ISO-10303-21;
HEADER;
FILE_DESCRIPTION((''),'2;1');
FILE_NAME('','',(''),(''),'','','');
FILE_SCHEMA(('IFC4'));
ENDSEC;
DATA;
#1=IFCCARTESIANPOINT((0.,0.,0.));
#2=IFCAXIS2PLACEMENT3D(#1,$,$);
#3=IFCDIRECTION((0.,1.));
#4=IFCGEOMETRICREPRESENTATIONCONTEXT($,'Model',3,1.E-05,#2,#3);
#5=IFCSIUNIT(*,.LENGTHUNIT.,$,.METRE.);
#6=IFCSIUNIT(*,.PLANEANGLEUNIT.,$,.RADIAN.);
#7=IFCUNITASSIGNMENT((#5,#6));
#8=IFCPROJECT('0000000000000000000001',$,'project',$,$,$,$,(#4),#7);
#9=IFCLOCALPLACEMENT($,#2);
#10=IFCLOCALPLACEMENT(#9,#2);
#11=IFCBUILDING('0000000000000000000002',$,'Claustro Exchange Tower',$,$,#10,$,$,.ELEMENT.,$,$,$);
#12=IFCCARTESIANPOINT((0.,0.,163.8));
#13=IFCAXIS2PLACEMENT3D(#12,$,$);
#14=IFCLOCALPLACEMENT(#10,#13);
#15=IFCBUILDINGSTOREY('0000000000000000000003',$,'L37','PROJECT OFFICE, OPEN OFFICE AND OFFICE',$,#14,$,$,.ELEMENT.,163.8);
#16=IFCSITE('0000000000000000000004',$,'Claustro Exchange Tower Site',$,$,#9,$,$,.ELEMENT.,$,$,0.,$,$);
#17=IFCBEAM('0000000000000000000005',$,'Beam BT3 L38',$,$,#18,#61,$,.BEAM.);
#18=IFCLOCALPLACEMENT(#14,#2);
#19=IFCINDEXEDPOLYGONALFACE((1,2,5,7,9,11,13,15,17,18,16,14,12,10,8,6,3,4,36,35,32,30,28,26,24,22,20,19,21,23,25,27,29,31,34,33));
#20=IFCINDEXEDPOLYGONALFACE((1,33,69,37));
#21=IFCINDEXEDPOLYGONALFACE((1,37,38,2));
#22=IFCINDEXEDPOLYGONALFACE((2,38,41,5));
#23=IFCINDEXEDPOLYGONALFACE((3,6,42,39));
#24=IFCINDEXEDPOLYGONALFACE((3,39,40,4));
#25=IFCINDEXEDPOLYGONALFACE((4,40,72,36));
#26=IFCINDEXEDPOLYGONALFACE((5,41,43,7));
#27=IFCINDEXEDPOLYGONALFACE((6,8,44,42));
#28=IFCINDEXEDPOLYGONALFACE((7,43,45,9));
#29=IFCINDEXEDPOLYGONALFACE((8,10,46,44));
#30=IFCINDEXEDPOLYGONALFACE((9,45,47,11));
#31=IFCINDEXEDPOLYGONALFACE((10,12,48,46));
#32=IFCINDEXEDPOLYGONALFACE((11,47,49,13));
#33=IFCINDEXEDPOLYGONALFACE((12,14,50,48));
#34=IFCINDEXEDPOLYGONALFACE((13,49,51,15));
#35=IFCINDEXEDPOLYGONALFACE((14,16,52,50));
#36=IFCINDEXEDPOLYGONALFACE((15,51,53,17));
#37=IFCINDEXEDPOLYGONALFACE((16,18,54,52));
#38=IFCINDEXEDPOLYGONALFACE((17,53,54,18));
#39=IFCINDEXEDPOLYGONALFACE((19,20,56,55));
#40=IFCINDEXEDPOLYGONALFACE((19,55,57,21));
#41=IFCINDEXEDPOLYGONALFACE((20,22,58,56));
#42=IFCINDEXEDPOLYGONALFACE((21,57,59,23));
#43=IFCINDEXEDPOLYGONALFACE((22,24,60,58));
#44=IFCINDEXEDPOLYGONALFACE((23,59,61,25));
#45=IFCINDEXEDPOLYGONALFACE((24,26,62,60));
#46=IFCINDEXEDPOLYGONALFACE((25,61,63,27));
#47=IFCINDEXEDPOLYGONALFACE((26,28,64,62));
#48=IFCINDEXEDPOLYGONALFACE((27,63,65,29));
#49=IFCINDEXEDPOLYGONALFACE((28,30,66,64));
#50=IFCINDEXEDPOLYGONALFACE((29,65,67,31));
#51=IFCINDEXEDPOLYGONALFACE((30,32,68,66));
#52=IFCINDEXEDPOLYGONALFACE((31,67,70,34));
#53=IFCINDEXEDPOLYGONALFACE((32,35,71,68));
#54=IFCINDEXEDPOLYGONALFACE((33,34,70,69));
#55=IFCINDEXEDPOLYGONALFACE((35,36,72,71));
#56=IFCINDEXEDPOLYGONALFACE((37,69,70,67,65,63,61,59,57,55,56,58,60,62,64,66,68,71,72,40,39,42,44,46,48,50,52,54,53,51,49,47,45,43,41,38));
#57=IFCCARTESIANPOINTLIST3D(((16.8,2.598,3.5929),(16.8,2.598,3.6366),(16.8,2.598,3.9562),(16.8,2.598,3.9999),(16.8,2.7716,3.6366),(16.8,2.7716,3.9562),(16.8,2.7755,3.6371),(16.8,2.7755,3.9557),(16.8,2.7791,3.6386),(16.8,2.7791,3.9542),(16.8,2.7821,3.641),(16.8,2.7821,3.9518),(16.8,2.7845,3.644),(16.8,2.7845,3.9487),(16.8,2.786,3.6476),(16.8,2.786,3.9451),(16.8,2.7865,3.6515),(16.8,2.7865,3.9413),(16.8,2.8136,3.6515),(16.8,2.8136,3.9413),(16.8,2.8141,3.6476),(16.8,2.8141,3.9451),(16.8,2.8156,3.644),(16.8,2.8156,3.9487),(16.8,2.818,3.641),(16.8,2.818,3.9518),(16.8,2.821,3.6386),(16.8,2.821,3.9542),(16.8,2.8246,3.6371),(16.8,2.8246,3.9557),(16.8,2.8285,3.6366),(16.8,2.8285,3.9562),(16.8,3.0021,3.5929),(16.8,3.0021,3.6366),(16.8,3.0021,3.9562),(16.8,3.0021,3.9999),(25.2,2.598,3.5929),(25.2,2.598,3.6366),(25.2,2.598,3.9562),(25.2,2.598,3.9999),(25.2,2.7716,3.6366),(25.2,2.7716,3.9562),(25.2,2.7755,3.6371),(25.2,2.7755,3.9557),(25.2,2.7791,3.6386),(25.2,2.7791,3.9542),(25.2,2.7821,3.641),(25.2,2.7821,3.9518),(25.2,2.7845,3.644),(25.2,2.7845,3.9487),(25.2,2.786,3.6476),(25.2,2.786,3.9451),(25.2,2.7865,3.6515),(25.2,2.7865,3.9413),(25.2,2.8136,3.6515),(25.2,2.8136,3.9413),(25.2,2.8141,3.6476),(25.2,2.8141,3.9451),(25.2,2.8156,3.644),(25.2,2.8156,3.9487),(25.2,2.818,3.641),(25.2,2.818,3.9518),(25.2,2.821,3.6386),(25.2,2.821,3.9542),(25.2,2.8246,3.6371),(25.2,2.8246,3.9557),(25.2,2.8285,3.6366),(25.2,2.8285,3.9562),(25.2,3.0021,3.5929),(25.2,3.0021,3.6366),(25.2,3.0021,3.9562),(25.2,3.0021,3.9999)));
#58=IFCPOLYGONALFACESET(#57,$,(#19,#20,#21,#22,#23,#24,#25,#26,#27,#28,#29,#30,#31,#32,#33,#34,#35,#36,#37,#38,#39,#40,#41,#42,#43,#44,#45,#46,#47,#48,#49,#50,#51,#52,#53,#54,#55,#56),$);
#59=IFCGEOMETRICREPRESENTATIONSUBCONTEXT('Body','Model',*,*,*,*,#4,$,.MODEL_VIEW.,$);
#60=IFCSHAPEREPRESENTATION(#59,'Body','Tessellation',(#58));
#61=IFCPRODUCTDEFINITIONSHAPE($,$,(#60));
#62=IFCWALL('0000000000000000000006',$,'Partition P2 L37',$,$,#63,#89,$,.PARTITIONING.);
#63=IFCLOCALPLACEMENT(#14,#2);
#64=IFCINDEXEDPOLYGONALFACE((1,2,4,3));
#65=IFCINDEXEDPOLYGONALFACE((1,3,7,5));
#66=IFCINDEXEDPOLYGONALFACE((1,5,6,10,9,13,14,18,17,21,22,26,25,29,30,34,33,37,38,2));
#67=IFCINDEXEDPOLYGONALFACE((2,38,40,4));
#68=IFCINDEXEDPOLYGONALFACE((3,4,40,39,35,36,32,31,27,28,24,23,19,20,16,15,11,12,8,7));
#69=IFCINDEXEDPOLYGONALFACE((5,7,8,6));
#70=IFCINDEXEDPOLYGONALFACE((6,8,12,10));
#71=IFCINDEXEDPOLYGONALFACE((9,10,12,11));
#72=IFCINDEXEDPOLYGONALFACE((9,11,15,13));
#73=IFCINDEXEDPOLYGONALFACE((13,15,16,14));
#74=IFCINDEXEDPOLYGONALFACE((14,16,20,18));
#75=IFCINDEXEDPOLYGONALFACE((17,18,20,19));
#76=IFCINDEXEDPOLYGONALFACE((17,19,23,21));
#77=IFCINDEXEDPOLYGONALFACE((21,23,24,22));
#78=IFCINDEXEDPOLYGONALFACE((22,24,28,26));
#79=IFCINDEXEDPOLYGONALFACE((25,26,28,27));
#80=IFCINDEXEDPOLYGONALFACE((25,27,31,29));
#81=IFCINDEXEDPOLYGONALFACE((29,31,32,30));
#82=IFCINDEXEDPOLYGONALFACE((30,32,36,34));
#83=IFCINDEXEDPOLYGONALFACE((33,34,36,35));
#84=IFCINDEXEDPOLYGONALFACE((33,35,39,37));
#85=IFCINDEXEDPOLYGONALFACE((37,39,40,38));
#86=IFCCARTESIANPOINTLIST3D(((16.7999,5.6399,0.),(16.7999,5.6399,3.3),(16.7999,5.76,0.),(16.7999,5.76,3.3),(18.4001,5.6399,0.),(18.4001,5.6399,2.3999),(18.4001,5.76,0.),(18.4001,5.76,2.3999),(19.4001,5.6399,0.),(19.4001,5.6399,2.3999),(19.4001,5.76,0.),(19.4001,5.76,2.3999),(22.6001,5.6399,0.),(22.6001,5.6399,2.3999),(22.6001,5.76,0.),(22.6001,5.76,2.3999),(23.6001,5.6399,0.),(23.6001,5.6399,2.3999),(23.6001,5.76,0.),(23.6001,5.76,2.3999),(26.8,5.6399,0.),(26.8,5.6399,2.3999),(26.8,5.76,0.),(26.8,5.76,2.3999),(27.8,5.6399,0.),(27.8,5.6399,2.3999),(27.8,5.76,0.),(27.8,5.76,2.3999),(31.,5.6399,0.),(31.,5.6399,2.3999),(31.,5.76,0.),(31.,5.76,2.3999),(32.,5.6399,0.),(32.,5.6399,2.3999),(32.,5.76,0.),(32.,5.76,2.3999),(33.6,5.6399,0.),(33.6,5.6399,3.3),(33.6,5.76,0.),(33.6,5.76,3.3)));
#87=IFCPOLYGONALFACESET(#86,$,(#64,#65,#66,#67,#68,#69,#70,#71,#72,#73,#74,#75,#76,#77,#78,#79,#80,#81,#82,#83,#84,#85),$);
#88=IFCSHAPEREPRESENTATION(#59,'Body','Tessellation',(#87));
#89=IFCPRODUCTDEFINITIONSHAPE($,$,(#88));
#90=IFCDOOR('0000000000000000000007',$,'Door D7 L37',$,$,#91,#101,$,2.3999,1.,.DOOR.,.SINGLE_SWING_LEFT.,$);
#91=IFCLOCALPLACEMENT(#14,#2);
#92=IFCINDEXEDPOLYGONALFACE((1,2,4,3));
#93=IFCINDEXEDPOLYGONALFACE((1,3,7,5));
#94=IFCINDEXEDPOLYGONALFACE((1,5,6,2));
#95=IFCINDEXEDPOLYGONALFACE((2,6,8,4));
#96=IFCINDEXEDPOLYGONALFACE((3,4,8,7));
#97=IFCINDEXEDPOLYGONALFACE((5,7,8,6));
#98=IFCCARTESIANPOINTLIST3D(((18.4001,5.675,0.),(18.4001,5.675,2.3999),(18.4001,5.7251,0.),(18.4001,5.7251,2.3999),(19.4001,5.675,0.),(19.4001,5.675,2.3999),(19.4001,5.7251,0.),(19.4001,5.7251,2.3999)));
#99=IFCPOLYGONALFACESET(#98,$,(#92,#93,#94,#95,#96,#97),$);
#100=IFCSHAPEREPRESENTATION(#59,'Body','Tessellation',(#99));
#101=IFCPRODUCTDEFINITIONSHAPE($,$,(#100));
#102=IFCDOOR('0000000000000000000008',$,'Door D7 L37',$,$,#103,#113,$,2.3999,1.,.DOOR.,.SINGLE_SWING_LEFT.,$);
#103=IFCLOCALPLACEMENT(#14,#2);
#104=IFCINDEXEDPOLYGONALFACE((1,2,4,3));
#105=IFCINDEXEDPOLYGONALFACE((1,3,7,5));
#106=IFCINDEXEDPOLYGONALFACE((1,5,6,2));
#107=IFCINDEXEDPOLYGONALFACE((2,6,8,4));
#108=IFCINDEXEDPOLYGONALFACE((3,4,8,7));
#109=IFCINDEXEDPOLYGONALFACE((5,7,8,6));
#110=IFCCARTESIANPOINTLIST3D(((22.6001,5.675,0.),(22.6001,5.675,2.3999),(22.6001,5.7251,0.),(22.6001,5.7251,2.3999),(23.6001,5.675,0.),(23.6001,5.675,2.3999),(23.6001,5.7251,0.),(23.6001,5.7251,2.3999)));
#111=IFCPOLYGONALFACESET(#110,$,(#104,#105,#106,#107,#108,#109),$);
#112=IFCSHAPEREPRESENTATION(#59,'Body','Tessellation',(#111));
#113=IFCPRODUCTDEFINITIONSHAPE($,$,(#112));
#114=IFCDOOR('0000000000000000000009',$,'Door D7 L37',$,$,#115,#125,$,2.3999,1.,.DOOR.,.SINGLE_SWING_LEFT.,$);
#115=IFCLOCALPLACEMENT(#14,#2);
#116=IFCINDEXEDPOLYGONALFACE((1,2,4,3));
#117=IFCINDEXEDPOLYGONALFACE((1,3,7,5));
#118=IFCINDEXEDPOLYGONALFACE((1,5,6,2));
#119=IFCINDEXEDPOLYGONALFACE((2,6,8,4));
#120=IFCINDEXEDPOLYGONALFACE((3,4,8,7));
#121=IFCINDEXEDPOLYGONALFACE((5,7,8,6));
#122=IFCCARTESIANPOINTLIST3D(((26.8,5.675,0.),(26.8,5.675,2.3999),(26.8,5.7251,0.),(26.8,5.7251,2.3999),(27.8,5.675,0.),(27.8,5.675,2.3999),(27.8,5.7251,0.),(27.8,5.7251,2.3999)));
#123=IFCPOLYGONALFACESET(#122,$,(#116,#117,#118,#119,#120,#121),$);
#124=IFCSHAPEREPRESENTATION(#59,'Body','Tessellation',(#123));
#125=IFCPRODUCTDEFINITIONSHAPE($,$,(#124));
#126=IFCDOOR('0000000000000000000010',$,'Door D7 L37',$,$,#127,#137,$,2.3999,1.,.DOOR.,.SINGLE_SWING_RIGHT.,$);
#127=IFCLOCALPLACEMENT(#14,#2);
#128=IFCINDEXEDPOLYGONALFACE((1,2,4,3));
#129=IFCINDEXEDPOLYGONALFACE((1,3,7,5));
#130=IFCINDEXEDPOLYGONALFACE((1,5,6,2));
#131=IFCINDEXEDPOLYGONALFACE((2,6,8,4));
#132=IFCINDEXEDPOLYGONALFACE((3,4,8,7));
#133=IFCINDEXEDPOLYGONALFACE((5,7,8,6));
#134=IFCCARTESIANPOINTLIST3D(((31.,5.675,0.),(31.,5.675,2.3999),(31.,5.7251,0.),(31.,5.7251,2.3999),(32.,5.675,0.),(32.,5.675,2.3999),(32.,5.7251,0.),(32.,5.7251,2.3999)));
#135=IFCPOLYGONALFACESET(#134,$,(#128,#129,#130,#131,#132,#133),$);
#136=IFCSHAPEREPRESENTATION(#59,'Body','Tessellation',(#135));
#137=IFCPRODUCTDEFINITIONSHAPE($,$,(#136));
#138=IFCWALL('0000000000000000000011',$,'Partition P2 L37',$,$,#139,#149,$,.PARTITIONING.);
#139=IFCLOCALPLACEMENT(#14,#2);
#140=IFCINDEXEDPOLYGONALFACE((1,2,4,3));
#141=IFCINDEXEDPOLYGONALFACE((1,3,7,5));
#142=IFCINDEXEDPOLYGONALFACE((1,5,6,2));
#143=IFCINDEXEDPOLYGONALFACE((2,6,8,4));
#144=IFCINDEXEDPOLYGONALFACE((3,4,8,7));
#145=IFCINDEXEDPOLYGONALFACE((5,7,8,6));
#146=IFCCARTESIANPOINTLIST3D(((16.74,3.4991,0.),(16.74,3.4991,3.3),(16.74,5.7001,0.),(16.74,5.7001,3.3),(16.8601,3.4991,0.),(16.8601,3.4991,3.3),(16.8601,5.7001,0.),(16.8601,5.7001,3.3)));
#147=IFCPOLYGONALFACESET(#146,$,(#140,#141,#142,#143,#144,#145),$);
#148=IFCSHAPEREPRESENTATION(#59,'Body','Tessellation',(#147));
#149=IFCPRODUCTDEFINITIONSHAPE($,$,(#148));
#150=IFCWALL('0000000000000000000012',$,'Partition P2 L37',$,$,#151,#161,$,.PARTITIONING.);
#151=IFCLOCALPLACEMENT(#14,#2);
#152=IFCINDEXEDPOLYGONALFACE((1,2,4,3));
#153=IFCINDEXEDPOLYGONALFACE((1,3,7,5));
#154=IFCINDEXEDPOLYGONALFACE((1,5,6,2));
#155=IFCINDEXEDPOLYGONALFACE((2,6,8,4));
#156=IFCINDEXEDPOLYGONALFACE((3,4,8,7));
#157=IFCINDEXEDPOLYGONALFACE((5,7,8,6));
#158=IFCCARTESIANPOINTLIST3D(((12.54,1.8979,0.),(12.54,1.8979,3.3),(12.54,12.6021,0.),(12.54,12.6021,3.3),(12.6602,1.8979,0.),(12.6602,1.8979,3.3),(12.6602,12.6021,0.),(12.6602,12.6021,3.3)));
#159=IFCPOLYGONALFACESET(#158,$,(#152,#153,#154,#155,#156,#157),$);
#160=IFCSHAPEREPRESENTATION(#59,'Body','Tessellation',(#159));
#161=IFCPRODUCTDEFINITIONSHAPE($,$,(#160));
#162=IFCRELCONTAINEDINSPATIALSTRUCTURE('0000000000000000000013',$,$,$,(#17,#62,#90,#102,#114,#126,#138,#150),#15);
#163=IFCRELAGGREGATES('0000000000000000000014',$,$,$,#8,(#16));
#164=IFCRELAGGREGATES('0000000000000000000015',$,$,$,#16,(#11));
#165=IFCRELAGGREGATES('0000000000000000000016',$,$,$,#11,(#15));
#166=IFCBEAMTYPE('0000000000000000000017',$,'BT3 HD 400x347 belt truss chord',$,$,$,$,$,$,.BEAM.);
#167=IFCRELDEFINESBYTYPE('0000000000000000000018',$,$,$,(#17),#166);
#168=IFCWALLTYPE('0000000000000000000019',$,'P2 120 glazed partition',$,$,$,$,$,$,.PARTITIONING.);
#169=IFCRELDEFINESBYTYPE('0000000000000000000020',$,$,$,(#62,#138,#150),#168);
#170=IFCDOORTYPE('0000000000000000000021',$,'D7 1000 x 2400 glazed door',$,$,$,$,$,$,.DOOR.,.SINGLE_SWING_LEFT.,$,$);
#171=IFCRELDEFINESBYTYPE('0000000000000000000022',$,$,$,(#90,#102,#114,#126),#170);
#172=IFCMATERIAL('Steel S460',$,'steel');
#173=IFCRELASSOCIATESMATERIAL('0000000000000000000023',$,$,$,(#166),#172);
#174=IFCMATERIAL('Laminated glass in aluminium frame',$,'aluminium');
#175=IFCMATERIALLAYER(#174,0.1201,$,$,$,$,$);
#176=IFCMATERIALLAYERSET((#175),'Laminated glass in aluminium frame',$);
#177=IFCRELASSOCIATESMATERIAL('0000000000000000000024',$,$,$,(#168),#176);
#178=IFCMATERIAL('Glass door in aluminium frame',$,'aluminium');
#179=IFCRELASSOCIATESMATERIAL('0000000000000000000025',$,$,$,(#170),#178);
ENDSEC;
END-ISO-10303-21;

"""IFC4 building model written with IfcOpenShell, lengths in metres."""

from ifc_helpers import new_model, si_unit, direction, frame, frame_2d, origin, origin_2d, place, context, subcontext, project, spatial, rectangle, i_section, extrude, material, layer, layer_set, material_profile, profile_set, type_object, element, fill, save


model = new_model("IFC4")

# Units and contexts
model_context = context("Model", 3, precision=1e-05, world=origin(), true_north=direction((0.0, 1.0)))
body_context = subcontext(model_context, "Body", "Model", "MODEL_VIEW")
ifc_project = project(units=[si_unit("LENGTHUNIT", "METRE"), si_unit("PLANEANGLEUNIT", "RADIAN")], contexts=[model_context])

# Site, building, storey
site_placement = place(None, origin())
site = spatial("IfcSite", under=ifc_project, at=site_placement, Name="Claustro Exchange Tower Site", CompositionType="ELEMENT", RefElevation=0.0)
building_placement = place(site_placement, origin())
building = spatial("IfcBuilding", under=site, at=building_placement, Name="Claustro Exchange Tower", CompositionType="ELEMENT")
storey_placement = place(building_placement, frame((0.0, 0.0, 163.8)))
storey = spatial("IfcBuildingStorey", under=building, at=storey_placement, Name="L37", Description="PROJECT OFFICE, OPEN OFFICE AND OFFICE", CompositionType="ELEMENT", Elevation=163.8)

# Beam
ifc_material_1 = material(Name="Steel S460", Category="steel")
ifc_material_profile_1 = material_profile(ifc_material_1, i_section(OverallWidth=0.4041, OverallDepth=0.407, WebThickness=0.0271, FlangeThickness=0.0437, FilletRadius=0.0149, at=origin_2d()), Name="HD 400x347")
ifc_profile_set_1 = profile_set([ifc_material_profile_1], Name="Steel S460")
beam_type_1 = type_object("IfcBeamType", Name="BT3 HD 400x347 belt truss chord", PredefinedType="BEAM", material=ifc_profile_set_1)
beam_1_placement = place(storey_placement, frame((16.8, 2.8, 3.7964), z_axis=(1.0, 0.0, 0.0), x_axis=(0.0, 1.0, 0.0)))
element("IfcBeam", 1, at=beam_1_placement, inside=storey, type_object=beam_type_1, Name="Beam BT3 L38", PredefinedType="BEAM", context=body_context, shape_type="SweptSolid", body=[
    extrude(i_section(OverallWidth=0.4041, OverallDepth=0.407, WebThickness=0.0271, FlangeThickness=0.0437, FilletRadius=0.0149, at=origin_2d()), origin(), (0.0, 0.0, 1.0), 8.3999),
])

# Wall, openings, doors
ifc_material_2 = material(Name="Laminated glass in aluminium frame", Category="aluminium")
ifc_layer_1 = layer(ifc_material_2, 0.1201)
ifc_layer_set_1 = layer_set([ifc_layer_1], Name="Laminated glass in aluminium frame")
wall_type_1 = type_object("IfcWallType", Name="P2 120 glazed partition", PredefinedType="PARTITIONING", material=ifc_layer_set_1)
wall_1_placement = place(storey_placement, frame((16.8, 5.7, 0.0), z_axis=(0.0, 0.0, 1.0), x_axis=(1.0, 0.0, 0.0)))
wall_1 = element("IfcWall", 2, at=wall_1_placement, inside=storey, type_object=wall_type_1, Name="Partition P2 L37", PredefinedType="PARTITIONING", context=body_context, shape_type="SweptSolid", body=[
    extrude(rectangle(XDim=16.8, YDim=0.1201, at=frame_2d((8.3999, 0.0))), origin(), (0.0, 0.0, 1.0), 3.3),
])
opening_1_placement = place(wall_1_placement, frame((1.6001, 0.0, 0.0)))
opening_1 = element("IfcOpeningElement", 3, at=opening_1_placement, cuts=wall_1, PredefinedType="OPENING", context=body_context, shape_type="SweptSolid", body=[
    extrude(rectangle(XDim=1.0, YDim=2.3999, at=frame_2d((0.5, 1.2))), frame((0.0, 0.0701, 0.0), z_axis=(0.0, -1.0, 0.0), x_axis=(1.0, 0.0, 0.0)), (0.0, 0.0, 1.0), 0.1401),
])
opening_2_placement = place(wall_1_placement, frame((5.8, 0.0, 0.0)))
opening_2 = element("IfcOpeningElement", 4, at=opening_2_placement, cuts=wall_1, PredefinedType="OPENING", context=body_context, shape_type="SweptSolid", body=[
    extrude(rectangle(XDim=1.0, YDim=2.3999, at=frame_2d((0.5, 1.2))), frame((0.0, 0.0701, 0.0), z_axis=(0.0, -1.0, 0.0), x_axis=(1.0, 0.0, 0.0)), (0.0, 0.0, 1.0), 0.1401),
])
opening_3_placement = place(wall_1_placement, frame((10.0, 0.0, 0.0)))
opening_3 = element("IfcOpeningElement", 5, at=opening_3_placement, cuts=wall_1, PredefinedType="OPENING", context=body_context, shape_type="SweptSolid", body=[
    extrude(rectangle(XDim=1.0, YDim=2.3999, at=frame_2d((0.5, 1.2))), frame((0.0, 0.0701, 0.0), z_axis=(0.0, -1.0, 0.0), x_axis=(1.0, 0.0, 0.0)), (0.0, 0.0, 1.0), 0.1401),
])
opening_4_placement = place(wall_1_placement, frame((14.2, 0.0, 0.0)))
opening_4 = element("IfcOpeningElement", 6, at=opening_4_placement, cuts=wall_1, PredefinedType="OPENING", context=body_context, shape_type="SweptSolid", body=[
    extrude(rectangle(XDim=1.0, YDim=2.3999, at=frame_2d((0.5, 1.2))), frame((0.0, 0.0701, 0.0), z_axis=(0.0, -1.0, 0.0), x_axis=(1.0, 0.0, 0.0)), (0.0, 0.0, 1.0), 0.1401),
])
ifc_material_3 = material(Name="Glass door in aluminium frame", Category="aluminium")
door_type = type_object("IfcDoorType", Name="D7 1000 x 2400 glazed door", OperationType="SINGLE_SWING_LEFT", PredefinedType="DOOR", material=ifc_material_3)
door_1_placement = place(opening_1_placement, frame((1.0, 0.0, 0.0), z_axis=(0.0, 0.0, 1.0), x_axis=(-1.0, 0.0, 0.0)))
door_1 = element("IfcDoor", 7, at=door_1_placement, inside=storey, type_object=door_type, Name="Door D7 L37", OperationType="SINGLE_SWING_LEFT", OverallHeight=2.3999, OverallWidth=1.0, PredefinedType="DOOR", context=body_context, shape_type="SweptSolid", body=[
    extrude(rectangle(XDim=1.0, YDim=2.3999, at=frame_2d((0.5, 1.2))), frame((0.0, 0.0249, 0.0), z_axis=(0.0, -1.0, 0.0), x_axis=(1.0, 0.0, 0.0)), (0.0, 0.0, 1.0), 0.05),
])
fill(opening_1, door_1)
door_2_placement = place(opening_2_placement, frame((1.0, 0.0, 0.0), z_axis=(0.0, 0.0, 1.0), x_axis=(-1.0, 0.0, 0.0)))
door_2 = element("IfcDoor", 8, at=door_2_placement, inside=storey, type_object=door_type, Name="Door D7 L37", OperationType="SINGLE_SWING_LEFT", OverallHeight=2.3999, OverallWidth=1.0, PredefinedType="DOOR", context=body_context, shape_type="SweptSolid", body=[
    extrude(rectangle(XDim=1.0, YDim=2.3999, at=frame_2d((0.5, 1.2))), frame((0.0, 0.0249, 0.0), z_axis=(0.0, -1.0, 0.0), x_axis=(1.0, 0.0, 0.0)), (0.0, 0.0, 1.0), 0.05),
])
fill(opening_2, door_2)
door_3_placement = place(opening_3_placement, frame((1.0, 0.0, 0.0), z_axis=(0.0, 0.0, 1.0), x_axis=(-1.0, 0.0, 0.0)))
door_3 = element("IfcDoor", 9, at=door_3_placement, inside=storey, type_object=door_type, Name="Door D7 L37", OperationType="SINGLE_SWING_LEFT", OverallHeight=2.3999, OverallWidth=1.0, PredefinedType="DOOR", context=body_context, shape_type="SweptSolid", body=[
    extrude(rectangle(XDim=1.0, YDim=2.3999, at=frame_2d((0.5, 1.2))), frame((0.0, 0.0249, 0.0), z_axis=(0.0, -1.0, 0.0), x_axis=(1.0, 0.0, 0.0)), (0.0, 0.0, 1.0), 0.05),
])
fill(opening_3, door_3)
door_4_placement = place(opening_4_placement, frame((1.0, 0.0, 0.0), z_axis=(0.0, 0.0, 1.0), x_axis=(-1.0, 0.0, 0.0)))
door_4 = element("IfcDoor", 10, at=door_4_placement, inside=storey, type_object=door_type, Name="Door D7 L37", OperationType="SINGLE_SWING_RIGHT", OverallHeight=2.3999, OverallWidth=1.0, PredefinedType="DOOR", context=body_context, shape_type="SweptSolid", body=[
    extrude(rectangle(XDim=1.0, YDim=2.3999, at=frame_2d((0.5, 1.2))), frame((0.0, 0.0249, 0.0), z_axis=(0.0, -1.0, 0.0), x_axis=(1.0, 0.0, 0.0)), (0.0, 0.0, 1.0), 0.05),
])
fill(opening_4, door_4)

# Walls
wall_2_placement = place(storey_placement, frame((16.8, 3.499, 0.0), z_axis=(0.0, 0.0, 1.0), x_axis=(0.0, 1.0, 0.0)))
element("IfcWall", 11, at=wall_2_placement, inside=storey, type_object=wall_type_1, Name="Partition P2 L37", PredefinedType="PARTITIONING", context=body_context, shape_type="SweptSolid", body=[
    extrude(rectangle(XDim=2.2009, YDim=0.1201, at=frame_2d((1.1006, 0.0))), origin(), (0.0, 0.0, 1.0), 3.3),
])
wall_3_placement = place(storey_placement, frame((12.6001, 1.8979, 0.0), z_axis=(0.0, 0.0, 1.0), x_axis=(0.0, 1.0, 0.0)))
element("IfcWall", 12, at=wall_3_placement, inside=storey, type_object=wall_type_1, Name="Partition P2 L37", PredefinedType="PARTITIONING", context=body_context, shape_type="SweptSolid", body=[
    extrude(rectangle(XDim=10.7041, YDim=0.1201, at=frame_2d((5.3521, 0.0))), origin(), (0.0, 0.0, 1.0), 3.3),
])

save(model, "model.ifc")
